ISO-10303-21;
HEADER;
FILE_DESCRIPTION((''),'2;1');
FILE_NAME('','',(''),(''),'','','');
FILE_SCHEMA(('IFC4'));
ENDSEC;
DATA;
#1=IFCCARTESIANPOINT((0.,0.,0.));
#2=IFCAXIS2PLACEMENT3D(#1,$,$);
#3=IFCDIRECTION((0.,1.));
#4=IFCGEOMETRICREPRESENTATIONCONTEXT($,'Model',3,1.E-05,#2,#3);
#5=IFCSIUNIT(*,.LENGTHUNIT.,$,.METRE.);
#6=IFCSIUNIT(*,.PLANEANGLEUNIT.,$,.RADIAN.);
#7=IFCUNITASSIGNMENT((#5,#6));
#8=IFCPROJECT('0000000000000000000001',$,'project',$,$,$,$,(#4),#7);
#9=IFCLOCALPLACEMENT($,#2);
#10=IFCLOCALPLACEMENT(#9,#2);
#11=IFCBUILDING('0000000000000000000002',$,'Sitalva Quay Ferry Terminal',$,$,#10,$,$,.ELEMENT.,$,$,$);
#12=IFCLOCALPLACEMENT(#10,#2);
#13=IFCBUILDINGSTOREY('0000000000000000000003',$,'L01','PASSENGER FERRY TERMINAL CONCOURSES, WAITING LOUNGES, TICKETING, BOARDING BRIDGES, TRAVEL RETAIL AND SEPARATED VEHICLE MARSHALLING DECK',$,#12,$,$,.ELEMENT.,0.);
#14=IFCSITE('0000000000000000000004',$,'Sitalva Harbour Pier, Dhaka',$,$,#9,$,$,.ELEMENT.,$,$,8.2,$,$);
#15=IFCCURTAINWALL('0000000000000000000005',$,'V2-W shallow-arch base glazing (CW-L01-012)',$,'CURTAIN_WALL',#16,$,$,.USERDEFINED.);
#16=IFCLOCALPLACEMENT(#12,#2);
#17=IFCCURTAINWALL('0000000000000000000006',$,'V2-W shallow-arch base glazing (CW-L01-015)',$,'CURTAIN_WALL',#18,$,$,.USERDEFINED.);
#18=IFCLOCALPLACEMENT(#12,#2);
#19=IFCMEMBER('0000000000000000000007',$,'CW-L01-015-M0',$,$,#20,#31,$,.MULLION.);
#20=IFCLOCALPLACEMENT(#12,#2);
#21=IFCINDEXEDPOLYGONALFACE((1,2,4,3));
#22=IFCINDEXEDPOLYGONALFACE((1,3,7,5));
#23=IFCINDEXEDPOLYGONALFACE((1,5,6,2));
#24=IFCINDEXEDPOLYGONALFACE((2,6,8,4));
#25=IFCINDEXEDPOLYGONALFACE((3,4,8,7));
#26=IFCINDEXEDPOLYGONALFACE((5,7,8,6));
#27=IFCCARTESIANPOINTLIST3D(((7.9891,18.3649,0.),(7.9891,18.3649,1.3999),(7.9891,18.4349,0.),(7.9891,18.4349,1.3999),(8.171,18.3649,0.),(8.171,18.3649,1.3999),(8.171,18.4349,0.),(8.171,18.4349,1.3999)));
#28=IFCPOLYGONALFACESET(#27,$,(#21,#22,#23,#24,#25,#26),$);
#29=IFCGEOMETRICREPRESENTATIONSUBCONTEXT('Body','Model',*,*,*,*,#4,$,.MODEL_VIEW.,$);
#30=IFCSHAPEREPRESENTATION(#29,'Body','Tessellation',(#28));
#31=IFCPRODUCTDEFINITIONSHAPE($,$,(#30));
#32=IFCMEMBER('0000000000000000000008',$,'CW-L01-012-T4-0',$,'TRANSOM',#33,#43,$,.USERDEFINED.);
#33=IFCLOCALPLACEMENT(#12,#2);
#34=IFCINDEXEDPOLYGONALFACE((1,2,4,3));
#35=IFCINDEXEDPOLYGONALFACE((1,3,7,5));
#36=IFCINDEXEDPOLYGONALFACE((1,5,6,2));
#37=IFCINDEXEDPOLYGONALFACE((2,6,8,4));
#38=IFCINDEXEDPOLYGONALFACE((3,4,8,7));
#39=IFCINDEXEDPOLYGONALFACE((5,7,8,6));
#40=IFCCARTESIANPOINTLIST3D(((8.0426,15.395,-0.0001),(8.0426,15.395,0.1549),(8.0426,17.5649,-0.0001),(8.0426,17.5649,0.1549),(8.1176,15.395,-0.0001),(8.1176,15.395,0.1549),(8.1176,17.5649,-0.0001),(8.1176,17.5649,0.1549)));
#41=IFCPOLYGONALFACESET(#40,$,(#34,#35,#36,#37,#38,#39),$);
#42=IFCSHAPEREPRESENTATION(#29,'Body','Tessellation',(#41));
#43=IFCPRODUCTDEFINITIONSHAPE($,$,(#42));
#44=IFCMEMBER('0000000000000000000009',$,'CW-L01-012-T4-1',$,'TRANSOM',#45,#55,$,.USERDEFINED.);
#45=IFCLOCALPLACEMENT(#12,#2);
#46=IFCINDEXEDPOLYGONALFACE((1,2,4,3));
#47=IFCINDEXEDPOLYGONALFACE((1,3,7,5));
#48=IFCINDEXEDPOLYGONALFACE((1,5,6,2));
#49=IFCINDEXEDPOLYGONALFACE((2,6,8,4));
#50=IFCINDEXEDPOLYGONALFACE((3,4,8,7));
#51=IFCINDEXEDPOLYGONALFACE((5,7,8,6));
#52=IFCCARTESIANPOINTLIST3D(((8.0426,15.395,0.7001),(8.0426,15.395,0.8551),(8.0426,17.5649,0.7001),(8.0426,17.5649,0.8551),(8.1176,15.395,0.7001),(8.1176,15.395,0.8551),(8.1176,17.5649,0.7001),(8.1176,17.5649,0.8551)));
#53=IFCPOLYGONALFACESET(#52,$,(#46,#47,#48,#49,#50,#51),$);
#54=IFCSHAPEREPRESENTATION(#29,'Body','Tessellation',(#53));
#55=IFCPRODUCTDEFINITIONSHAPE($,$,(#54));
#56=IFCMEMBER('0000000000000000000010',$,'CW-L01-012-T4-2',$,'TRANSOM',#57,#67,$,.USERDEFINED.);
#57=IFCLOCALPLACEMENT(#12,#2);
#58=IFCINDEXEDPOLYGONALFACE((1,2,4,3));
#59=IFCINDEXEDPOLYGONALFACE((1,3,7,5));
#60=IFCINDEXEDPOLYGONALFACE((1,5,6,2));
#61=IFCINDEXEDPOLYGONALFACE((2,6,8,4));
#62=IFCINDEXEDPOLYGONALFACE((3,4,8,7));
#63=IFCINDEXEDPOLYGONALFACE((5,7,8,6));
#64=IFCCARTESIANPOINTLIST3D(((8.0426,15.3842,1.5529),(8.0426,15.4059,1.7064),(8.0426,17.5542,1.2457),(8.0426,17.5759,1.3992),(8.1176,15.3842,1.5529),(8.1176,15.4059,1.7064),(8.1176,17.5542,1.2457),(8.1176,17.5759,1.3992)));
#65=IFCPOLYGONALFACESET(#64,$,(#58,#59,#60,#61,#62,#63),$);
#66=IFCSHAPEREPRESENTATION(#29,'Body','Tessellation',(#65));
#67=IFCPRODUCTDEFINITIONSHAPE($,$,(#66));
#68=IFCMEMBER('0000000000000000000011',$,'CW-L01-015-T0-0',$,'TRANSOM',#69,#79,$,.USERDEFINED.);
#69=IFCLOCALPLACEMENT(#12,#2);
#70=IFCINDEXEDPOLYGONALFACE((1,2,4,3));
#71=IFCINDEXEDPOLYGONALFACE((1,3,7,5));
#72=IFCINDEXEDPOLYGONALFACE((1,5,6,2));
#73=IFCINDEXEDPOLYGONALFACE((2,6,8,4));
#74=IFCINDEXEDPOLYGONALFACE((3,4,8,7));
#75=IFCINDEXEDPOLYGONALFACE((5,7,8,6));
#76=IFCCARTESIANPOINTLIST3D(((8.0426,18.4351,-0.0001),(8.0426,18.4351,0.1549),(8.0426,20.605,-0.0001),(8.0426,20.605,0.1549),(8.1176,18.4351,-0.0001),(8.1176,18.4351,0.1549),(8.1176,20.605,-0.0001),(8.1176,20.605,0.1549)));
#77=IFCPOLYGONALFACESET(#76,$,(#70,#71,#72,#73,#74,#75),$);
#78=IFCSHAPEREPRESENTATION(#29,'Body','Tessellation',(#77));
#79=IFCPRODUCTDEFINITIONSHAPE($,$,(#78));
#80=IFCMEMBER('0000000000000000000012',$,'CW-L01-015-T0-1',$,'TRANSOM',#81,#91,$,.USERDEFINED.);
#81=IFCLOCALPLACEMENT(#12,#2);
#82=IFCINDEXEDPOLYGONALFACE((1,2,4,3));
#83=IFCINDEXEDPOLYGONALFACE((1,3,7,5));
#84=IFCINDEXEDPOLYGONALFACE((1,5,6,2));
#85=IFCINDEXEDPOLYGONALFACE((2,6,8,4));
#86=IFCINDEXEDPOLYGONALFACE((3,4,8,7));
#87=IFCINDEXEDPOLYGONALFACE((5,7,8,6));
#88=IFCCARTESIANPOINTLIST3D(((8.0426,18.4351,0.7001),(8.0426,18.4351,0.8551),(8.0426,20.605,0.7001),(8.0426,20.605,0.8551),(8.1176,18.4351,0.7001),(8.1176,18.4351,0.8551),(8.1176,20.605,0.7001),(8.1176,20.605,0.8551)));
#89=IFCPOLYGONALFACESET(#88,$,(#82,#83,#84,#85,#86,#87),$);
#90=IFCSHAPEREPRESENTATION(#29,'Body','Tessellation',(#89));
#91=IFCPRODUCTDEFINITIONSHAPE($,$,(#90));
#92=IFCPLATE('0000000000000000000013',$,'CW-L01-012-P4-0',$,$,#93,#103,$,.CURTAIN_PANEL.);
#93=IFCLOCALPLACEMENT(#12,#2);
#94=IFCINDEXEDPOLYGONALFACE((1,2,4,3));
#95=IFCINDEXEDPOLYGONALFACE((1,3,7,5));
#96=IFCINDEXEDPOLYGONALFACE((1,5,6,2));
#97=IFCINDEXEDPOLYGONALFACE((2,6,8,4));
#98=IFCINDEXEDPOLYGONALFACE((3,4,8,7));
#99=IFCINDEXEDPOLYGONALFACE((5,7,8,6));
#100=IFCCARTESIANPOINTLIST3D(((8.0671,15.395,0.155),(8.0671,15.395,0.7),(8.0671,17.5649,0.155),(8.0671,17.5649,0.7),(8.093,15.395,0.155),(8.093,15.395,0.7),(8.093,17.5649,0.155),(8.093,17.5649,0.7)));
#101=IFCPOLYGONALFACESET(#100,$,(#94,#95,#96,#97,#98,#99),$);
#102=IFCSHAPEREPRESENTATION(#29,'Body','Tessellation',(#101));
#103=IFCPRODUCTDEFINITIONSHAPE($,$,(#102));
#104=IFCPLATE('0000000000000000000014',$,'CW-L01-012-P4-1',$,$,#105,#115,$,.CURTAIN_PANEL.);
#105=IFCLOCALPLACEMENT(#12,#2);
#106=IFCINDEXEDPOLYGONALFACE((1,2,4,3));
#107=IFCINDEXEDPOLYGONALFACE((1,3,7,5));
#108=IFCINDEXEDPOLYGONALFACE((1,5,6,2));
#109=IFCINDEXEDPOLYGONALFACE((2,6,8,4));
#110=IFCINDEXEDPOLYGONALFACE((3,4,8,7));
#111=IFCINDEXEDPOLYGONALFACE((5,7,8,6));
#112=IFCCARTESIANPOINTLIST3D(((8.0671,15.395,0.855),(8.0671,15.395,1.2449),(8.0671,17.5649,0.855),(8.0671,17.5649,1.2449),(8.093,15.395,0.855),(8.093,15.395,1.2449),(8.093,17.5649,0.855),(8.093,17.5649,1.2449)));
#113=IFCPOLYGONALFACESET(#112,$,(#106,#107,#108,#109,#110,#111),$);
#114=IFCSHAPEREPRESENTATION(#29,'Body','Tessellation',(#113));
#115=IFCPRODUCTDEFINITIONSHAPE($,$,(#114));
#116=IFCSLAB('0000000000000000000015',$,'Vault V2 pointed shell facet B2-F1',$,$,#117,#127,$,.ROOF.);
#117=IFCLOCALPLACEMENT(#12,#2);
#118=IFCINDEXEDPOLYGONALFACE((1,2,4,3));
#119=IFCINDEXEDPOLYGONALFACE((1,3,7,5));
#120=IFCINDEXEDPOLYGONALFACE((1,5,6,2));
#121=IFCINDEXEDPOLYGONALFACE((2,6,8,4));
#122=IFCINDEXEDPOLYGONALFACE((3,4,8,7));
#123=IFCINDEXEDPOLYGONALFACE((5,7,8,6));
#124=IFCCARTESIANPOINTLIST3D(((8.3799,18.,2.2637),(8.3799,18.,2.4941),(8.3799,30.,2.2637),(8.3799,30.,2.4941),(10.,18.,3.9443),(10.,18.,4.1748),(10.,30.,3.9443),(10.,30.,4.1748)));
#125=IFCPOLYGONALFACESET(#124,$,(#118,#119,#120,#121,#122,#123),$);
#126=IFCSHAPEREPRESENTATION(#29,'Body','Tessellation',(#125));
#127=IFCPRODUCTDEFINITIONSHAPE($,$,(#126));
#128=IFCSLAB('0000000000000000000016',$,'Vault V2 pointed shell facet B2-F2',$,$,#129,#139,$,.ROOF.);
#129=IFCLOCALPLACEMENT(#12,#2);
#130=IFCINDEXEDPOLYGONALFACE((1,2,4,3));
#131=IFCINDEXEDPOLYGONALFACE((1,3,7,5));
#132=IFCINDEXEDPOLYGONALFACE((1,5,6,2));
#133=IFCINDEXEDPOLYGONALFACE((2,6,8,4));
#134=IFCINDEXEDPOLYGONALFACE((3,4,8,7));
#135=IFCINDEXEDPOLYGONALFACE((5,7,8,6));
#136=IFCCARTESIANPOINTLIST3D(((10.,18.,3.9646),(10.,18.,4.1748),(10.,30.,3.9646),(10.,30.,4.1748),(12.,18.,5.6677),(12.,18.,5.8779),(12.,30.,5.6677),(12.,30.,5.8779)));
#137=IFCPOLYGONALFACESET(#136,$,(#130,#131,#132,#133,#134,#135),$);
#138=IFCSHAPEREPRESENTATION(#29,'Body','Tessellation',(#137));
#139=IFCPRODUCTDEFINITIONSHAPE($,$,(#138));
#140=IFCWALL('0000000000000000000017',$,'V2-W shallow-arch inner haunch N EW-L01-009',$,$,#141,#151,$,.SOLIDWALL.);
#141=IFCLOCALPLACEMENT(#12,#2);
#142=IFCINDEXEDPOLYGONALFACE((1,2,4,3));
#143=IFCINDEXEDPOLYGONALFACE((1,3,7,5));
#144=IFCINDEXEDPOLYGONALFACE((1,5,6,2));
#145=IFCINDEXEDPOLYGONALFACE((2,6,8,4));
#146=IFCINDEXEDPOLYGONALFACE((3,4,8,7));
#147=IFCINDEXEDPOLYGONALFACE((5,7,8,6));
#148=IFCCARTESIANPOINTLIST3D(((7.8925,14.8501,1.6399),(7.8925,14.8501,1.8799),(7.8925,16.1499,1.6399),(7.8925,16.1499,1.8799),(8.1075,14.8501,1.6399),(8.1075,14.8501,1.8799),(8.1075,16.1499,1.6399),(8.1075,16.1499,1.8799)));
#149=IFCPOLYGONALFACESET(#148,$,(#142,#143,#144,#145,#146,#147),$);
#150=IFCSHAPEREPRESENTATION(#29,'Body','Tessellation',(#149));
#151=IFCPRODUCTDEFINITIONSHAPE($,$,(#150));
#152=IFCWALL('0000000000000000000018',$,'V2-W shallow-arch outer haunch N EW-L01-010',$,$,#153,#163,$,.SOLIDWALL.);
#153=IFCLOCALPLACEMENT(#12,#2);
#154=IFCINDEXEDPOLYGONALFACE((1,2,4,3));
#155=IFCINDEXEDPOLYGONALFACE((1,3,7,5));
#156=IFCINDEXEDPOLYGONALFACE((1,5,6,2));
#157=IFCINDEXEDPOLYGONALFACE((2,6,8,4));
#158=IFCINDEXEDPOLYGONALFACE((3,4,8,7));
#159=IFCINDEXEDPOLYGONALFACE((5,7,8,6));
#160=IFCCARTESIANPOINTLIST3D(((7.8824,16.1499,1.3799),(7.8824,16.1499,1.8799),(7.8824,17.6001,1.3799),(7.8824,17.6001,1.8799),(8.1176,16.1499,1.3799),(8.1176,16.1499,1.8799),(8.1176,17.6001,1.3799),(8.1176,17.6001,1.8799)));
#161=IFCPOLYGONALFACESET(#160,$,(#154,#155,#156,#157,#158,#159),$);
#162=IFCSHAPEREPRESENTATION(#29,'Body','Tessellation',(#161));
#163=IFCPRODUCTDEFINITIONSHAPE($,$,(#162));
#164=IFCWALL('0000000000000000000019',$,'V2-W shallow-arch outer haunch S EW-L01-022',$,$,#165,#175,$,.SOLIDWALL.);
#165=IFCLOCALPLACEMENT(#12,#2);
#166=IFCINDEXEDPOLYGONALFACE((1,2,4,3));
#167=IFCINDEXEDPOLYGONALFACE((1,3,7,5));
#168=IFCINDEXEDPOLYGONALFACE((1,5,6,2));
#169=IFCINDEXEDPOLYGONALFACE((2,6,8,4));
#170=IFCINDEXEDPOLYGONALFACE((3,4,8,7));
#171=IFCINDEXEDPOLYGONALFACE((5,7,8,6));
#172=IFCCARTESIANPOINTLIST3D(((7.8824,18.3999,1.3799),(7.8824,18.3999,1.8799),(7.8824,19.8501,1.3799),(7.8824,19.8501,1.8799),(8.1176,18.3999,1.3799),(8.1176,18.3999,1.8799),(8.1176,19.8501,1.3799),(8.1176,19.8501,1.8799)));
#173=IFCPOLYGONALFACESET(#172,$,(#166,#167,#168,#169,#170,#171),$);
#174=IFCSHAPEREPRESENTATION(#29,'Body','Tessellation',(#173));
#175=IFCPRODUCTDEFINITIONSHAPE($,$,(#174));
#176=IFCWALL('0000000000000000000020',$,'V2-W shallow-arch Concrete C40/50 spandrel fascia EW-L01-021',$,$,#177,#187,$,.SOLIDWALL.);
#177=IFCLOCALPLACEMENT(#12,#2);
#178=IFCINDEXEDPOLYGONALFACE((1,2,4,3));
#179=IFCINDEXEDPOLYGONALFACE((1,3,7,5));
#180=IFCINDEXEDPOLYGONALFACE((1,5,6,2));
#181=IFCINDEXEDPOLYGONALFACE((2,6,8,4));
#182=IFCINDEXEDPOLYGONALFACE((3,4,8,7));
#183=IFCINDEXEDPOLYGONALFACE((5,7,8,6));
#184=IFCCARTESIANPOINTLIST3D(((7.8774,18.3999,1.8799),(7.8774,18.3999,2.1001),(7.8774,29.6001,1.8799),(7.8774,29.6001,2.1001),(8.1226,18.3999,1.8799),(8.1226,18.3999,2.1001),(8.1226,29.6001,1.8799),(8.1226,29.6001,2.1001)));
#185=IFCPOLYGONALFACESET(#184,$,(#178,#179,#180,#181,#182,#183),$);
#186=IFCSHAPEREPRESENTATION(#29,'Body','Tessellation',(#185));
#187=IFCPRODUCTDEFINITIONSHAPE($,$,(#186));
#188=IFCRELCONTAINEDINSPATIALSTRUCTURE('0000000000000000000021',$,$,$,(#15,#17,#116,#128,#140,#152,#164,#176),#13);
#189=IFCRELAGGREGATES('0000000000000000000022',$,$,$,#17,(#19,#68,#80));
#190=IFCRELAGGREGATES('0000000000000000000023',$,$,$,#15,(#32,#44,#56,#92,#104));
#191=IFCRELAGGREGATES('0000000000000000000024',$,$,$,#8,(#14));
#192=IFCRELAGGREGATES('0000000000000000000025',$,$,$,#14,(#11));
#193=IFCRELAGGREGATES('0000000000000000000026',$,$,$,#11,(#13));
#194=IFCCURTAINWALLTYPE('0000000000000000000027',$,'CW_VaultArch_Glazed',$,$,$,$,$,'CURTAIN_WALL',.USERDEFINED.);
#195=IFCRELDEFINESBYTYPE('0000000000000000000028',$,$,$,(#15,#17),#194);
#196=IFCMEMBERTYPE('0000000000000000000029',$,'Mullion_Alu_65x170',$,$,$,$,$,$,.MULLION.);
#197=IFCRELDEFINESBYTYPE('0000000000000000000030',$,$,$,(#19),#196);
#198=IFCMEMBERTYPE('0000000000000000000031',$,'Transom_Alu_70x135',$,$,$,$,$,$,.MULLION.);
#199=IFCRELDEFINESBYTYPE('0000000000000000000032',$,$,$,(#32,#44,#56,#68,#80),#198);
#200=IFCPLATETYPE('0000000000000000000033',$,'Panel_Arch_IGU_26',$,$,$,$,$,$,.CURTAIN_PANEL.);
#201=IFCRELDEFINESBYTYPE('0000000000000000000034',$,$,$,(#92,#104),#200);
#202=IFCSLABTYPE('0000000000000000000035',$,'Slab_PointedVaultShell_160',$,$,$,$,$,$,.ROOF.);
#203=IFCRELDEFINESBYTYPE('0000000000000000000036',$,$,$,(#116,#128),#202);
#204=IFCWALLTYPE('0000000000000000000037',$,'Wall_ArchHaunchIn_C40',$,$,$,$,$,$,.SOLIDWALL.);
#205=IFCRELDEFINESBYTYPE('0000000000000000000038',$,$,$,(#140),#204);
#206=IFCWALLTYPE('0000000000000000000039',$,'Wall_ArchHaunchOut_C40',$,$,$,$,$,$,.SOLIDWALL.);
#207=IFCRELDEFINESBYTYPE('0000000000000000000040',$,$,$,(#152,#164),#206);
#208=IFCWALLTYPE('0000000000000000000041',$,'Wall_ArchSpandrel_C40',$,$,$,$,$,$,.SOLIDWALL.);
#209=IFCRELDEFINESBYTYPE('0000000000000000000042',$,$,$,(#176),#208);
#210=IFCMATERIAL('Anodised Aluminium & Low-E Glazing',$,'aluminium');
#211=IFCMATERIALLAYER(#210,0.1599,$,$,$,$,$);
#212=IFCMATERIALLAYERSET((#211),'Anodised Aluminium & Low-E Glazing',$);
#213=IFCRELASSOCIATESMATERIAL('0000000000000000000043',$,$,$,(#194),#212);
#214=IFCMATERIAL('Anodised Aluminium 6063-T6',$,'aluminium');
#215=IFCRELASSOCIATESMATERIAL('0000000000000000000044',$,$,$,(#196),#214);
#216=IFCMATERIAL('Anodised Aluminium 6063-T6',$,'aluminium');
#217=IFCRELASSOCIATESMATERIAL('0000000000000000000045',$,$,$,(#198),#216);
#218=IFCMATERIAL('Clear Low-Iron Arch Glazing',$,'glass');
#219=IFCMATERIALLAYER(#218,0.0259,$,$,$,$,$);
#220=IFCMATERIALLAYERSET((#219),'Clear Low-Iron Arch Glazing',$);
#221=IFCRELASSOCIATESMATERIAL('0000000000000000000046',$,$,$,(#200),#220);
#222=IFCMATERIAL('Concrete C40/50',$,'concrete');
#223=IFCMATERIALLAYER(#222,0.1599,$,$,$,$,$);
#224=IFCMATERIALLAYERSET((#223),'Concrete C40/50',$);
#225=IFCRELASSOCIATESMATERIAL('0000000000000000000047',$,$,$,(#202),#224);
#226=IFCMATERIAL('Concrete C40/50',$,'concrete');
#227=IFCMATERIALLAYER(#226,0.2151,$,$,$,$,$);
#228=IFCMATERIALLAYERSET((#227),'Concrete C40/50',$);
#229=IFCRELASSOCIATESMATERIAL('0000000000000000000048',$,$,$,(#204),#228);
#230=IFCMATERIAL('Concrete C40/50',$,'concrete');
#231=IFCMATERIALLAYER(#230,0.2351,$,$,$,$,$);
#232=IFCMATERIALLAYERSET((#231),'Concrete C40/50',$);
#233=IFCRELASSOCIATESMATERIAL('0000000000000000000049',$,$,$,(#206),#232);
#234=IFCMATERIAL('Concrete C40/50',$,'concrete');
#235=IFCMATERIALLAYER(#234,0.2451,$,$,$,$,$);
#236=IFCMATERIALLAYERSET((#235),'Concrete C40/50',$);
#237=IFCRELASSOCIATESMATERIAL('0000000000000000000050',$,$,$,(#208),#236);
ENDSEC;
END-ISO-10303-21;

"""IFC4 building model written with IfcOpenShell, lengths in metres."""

from ifc_helpers import new_model, si_unit, direction, frame, frame_2d, origin, origin_2d, place, context, subcontext, project, spatial, polyline, rectangle, outline, extrude, material, layer, layer_set, material_profile, profile_set, type_object, element, aggregate, save


model = new_model("IFC4")

# Units and contexts
model_context = context("Model", 3, precision=1e-05, world=origin(), true_north=direction((0.0, 1.0)))
body_context = subcontext(model_context, "Body", "Model", "MODEL_VIEW")
ifc_project = project(units=[si_unit("LENGTHUNIT", "METRE"), si_unit("PLANEANGLEUNIT", "RADIAN")], contexts=[model_context])

# Site, building, storey
site_placement = place(None, origin())
site = spatial("IfcSite", under=ifc_project, at=site_placement, Name="Sitalva Harbour Pier, Dhaka", CompositionType="ELEMENT", RefElevation=8.2)
building_placement = place(site_placement, origin())
building = spatial("IfcBuilding", under=site, at=building_placement, Name="Sitalva Quay Ferry Terminal", CompositionType="ELEMENT")
storey_placement = place(building_placement, origin())
storey = spatial("IfcBuildingStorey", under=building, at=storey_placement, Name="L01", Description="PASSENGER FERRY TERMINAL CONCOURSES, WAITING LOUNGES, TICKETING, BOARDING BRIDGES, TRAVEL RETAIL AND SEPARATED VEHICLE MARSHALLING DECK", CompositionType="ELEMENT", Elevation=0.0)

# Curtain wall
ifc_material_1 = material(Name="Anodised Aluminium & Low-E Glazing", Category="aluminium")
ifc_layer_1 = layer(ifc_material_1, 0.1599)
ifc_layer_set_1 = layer_set([ifc_layer_1], Name="Anodised Aluminium & Low-E Glazing")
curtain_wall_type = type_object("IfcCurtainWallType", Name="CW_VaultArch_Glazed", ElementType="CURTAIN_WALL", PredefinedType="USERDEFINED", material=ifc_layer_set_1)
curtain_wall_1_placement = place(storey_placement, origin())
curtain_wall_1 = element("IfcCurtainWall", 1, at=curtain_wall_1_placement, inside=storey, type_object=curtain_wall_type, Name="V2-W shallow-arch base glazing (CW-L01-012)", ObjectType="CURTAIN_WALL", PredefinedType="USERDEFINED")
ifc_material_2 = material(Name="Anodised Aluminium 6063-T6", Category="aluminium")
ifc_material_profile_1 = material_profile(ifc_material_2, rectangle(XDim=0.0701, YDim=0.1819, at=origin_2d()), Name="ALU70x182")
ifc_profile_set_1 = profile_set([ifc_material_profile_1], Name="Anodised Aluminium 6063-T6")
member_type_1 = type_object("IfcMemberType", Name="Mullion_Alu_65x170", PredefinedType="MULLION", material=ifc_profile_set_1)

# Curtain wall, member
curtain_wall_2_placement = place(storey_placement, origin())
curtain_wall_2 = element("IfcCurtainWall", 2, at=curtain_wall_2_placement, inside=storey, type_object=curtain_wall_type, Name="V2-W shallow-arch base glazing (CW-L01-015)", ObjectType="CURTAIN_WALL", PredefinedType="USERDEFINED")
member_1_placement = place(storey_placement, frame((8.0801, 18.3999, 0.0), z_axis=(0.0, 0.0, 1.0), x_axis=(0.0, 1.0, 0.0)))
member_1 = element("IfcMember", 3, at=member_1_placement, type_object=member_type_1, Name="CW-L01-015-M0", PredefinedType="MULLION", context=body_context, shape_type="SweptSolid", body=[
    extrude(rectangle(XDim=0.0701, YDim=0.1819, at=origin_2d()), origin(), (0.0, 0.0, 1.0), 1.3999),
])

# Members
ifc_material_3 = material(Name="Anodised Aluminium 6063-T6", Category="aluminium")
ifc_material_profile_2 = material_profile(ifc_material_3, rectangle(XDim=0.075, YDim=0.155, at=origin_2d()), Name="ALU75x155")
ifc_profile_set_2 = profile_set([ifc_material_profile_2], Name="Anodised Aluminium 6063-T6")
member_type_2 = type_object("IfcMemberType", Name="Transom_Alu_70x135", PredefinedType="MULLION", material=ifc_profile_set_2)
member_2_placement = place(storey_placement, frame((8.0801, 15.395, 0.0774), z_axis=(0.0, 1.0, 0.0), x_axis=(-1.0, 0.0, 0.0)))
member_2 = element("IfcMember", 4, at=member_2_placement, type_object=member_type_2, Name="CW-L01-012-T4-0", ObjectType="TRANSOM", PredefinedType="USERDEFINED", context=body_context, shape_type="SweptSolid", body=[
    extrude(rectangle(XDim=0.075, YDim=0.155, at=origin_2d()), origin(), (0.0, 0.0, 1.0), 2.1699),
])
member_3_placement = place(storey_placement, frame((8.0801, 15.395, 0.7776), z_axis=(0.0, 1.0, 0.0), x_axis=(-1.0, 0.0, 0.0)))
member_3 = element("IfcMember", 5, at=member_3_placement, type_object=member_type_2, Name="CW-L01-012-T4-1", ObjectType="TRANSOM", PredefinedType="USERDEFINED", context=body_context, shape_type="SweptSolid", body=[
    extrude(rectangle(XDim=0.075, YDim=0.155, at=origin_2d()), origin(), (0.0, 0.0, 1.0), 2.1699),
])
member_4_placement = place(storey_placement, frame((8.0801, 15.395, 1.6296), z_axis=(0.0, 0.990131, -0.140142), x_axis=(-1.0, 0.0, 0.0)))
member_4 = element("IfcMember", 6, at=member_4_placement, type_object=member_type_2, Name="CW-L01-012-T4-2", ObjectType="TRANSOM", PredefinedType="USERDEFINED", context=body_context, shape_type="SweptSolid", body=[
    extrude(rectangle(XDim=0.075, YDim=0.155, at=origin_2d()), origin(), (0.0, 0.0, 1.0), 2.1917),
])
member_5_placement = place(storey_placement, frame((8.0801, 18.4351, 0.0774), z_axis=(0.0, 1.0, 0.0), x_axis=(-1.0, 0.0, 0.0)))
member_5 = element("IfcMember", 7, at=member_5_placement, type_object=member_type_2, Name="CW-L01-015-T0-0", ObjectType="TRANSOM", PredefinedType="USERDEFINED", context=body_context, shape_type="SweptSolid", body=[
    extrude(rectangle(XDim=0.075, YDim=0.155, at=origin_2d()), origin(), (0.0, 0.0, 1.0), 2.1699),
])
member_6_placement = place(storey_placement, frame((8.0801, 18.4351, 0.7776), z_axis=(0.0, 1.0, 0.0), x_axis=(-1.0, 0.0, 0.0)))
member_6 = element("IfcMember", 8, at=member_6_placement, type_object=member_type_2, Name="CW-L01-015-T0-1", ObjectType="TRANSOM", PredefinedType="USERDEFINED", context=body_context, shape_type="SweptSolid", body=[
    extrude(rectangle(XDim=0.075, YDim=0.155, at=origin_2d()), origin(), (0.0, 0.0, 1.0), 2.1699),
])
aggregate(curtain_wall_2, [member_1, member_5, member_6])

# Plates
ifc_material_4 = material(Name="Clear Low-Iron Arch Glazing", Category="glass")
ifc_layer_2 = layer(ifc_material_4, 0.0259)
ifc_layer_set_2 = layer_set([ifc_layer_2], Name="Clear Low-Iron Arch Glazing")
plate_type = type_object("IfcPlateType", Name="Panel_Arch_IGU_26", PredefinedType="CURTAIN_PANEL", material=ifc_layer_set_2)
plate_1_placement = place(storey_placement, frame((8.0801, 16.48, 0.155), z_axis=(0.0, 0.0, 1.0), x_axis=(0.0, 1.0, 0.0)))
plate_1 = element("IfcPlate", 9, at=plate_1_placement, type_object=plate_type, Name="CW-L01-012-P4-0", PredefinedType="CURTAIN_PANEL", context=body_context, shape_type="SweptSolid", body=[
    extrude(rectangle(XDim=2.1699, YDim=0.0259, at=origin_2d()), origin(), (0.0, 0.0, 1.0), 0.5449),
])
plate_2_placement = place(storey_placement, frame((8.0801, 16.48, 0.855), z_axis=(0.0, 0.0, 1.0), x_axis=(0.0, 1.0, 0.0)))
plate_2 = element("IfcPlate", 10, at=plate_2_placement, type_object=plate_type, Name="CW-L01-012-P4-1", PredefinedType="CURTAIN_PANEL", context=body_context, shape_type="SweptSolid", body=[
    extrude(rectangle(XDim=2.1699, YDim=0.0259, at=origin_2d()), origin(), (0.0, 0.0, 1.0), 0.3899),
])
aggregate(curtain_wall_1, [member_2, member_3, member_4, plate_1, plate_2])

# Slabs
ifc_material_5 = material(Name="Concrete C40/50", Category="concrete")
ifc_layer_3 = layer(ifc_material_5, 0.1599)
ifc_layer_set_3 = layer_set([ifc_layer_3], Name="Concrete C40/50")
slab_type = type_object("IfcSlabType", Name="Slab_PointedVaultShell_160", PredefinedType="ROOF", material=ifc_layer_set_3)
slab_1_placement = place(storey_placement, frame((8.3799, 18.0, 2.4941), z_axis=(-0.719956, 0.0, 0.694019), x_axis=(0.694019, 0.0, 0.719956)))
element("IfcSlab", 11, at=slab_1_placement, inside=storey, type_object=slab_type, Name="Vault V2 pointed shell facet B2-F1", PredefinedType="ROOF", context=body_context, shape_type="SweptSolid", body=[
    extrude(outline(polyline([(0.0, 0.0), (2.3344, 0.0), (2.3344, 12.0), (0.0, 12.0), (0.0, 0.0)])), origin(), (-0.719956, 0.0, -0.694019), 0.2305),
])
slab_2_placement = place(storey_placement, frame((10.0, 18.0, 4.1748), z_axis=(-0.648339, 0.0, 0.761352), x_axis=(0.761352, 0.0, 0.648339)))
element("IfcSlab", 12, at=slab_2_placement, inside=storey, type_object=slab_type, Name="Vault V2 pointed shell facet B2-F2", PredefinedType="ROOF", context=body_context, shape_type="SweptSolid", body=[
    extrude(outline(polyline([(0.0, 0.0), (2.6269, 0.0), (2.6269, 12.0), (0.0, 12.0), (0.0, 0.0)])), origin(), (-0.648339, 0.0, -0.761352), 0.2102),
])

# Walls
ifc_material_6 = material(Name="Concrete C40/50", Category="concrete")
ifc_layer_4 = layer(ifc_material_6, 0.2151)
ifc_layer_set_4 = layer_set([ifc_layer_4], Name="Concrete C40/50")
wall_type_1 = type_object("IfcWallType", Name="Wall_ArchHaunchIn_C40", PredefinedType="SOLIDWALL", material=ifc_layer_set_4)
wall_1_placement = place(storey_placement, frame((8.0, 14.8501, 1.6399), z_axis=(0.0, 0.0, 1.0), x_axis=(0.0, 1.0, 0.0)))
element("IfcWall", 13, at=wall_1_placement, inside=storey, type_object=wall_type_1, Name="V2-W shallow-arch inner haunch N EW-L01-009", PredefinedType="SOLIDWALL", context=body_context, shape_type="SweptSolid", body=[
    extrude(rectangle(XDim=1.2998, YDim=0.2151, at=frame_2d((0.6499, 0.0))), origin(), (0.0, 0.0, 1.0), 0.24),
])
ifc_material_7 = material(Name="Concrete C40/50", Category="concrete")
ifc_layer_5 = layer(ifc_material_7, 0.2351)
ifc_layer_set_5 = layer_set([ifc_layer_5], Name="Concrete C40/50")
wall_type_2 = type_object("IfcWallType", Name="Wall_ArchHaunchOut_C40", PredefinedType="SOLIDWALL", material=ifc_layer_set_5)
for number, where, z_axis, x_axis, name in (
    (14, (8.0, 16.1499, 1.3799), (0.0, 0.0, 1.0), (0.0, 1.0, 0.0), "V2-W shallow-arch outer haunch N EW-L01-010"),
    (15, (8.0, 18.3999, 1.3799), (0.0, 0.0, 1.0), (0.0, 1.0, 0.0), "V2-W shallow-arch outer haunch S EW-L01-022"),
):
    element("IfcWall", number, at=place(storey_placement, frame(where, z_axis=z_axis, x_axis=x_axis)), inside=storey, type_object=wall_type_2, Name=name, PredefinedType="SOLIDWALL", context=body_context, shape_type="SweptSolid", body=[
        extrude(rectangle(XDim=1.4502, YDim=0.2351, at=frame_2d((0.7251, 0.0))), origin(), (0.0, 0.0, 1.0), 0.5),
    ])
ifc_material_8 = material(Name="Concrete C40/50", Category="concrete")
ifc_layer_6 = layer(ifc_material_8, 0.2451)
ifc_layer_set_6 = layer_set([ifc_layer_6], Name="Concrete C40/50")
wall_type_3 = type_object("IfcWallType", Name="Wall_ArchSpandrel_C40", PredefinedType="SOLIDWALL", material=ifc_layer_set_6)
wall_2_placement = place(storey_placement, frame((8.0, 18.3999, 1.8799), z_axis=(0.0, 0.0, 1.0), x_axis=(0.0, 1.0, 0.0)))
element("IfcWall", 16, at=wall_2_placement, inside=storey, type_object=wall_type_3, Name="V2-W shallow-arch Concrete C40/50 spandrel fascia EW-L01-021", PredefinedType="SOLIDWALL", context=body_context, shape_type="SweptSolid", body=[
    extrude(rectangle(XDim=11.2002, YDim=0.2451, at=frame_2d((5.6001, 0.0))), origin(), (0.0, 0.0, 1.0), 0.2202),
])

save(model, "model.ifc")
